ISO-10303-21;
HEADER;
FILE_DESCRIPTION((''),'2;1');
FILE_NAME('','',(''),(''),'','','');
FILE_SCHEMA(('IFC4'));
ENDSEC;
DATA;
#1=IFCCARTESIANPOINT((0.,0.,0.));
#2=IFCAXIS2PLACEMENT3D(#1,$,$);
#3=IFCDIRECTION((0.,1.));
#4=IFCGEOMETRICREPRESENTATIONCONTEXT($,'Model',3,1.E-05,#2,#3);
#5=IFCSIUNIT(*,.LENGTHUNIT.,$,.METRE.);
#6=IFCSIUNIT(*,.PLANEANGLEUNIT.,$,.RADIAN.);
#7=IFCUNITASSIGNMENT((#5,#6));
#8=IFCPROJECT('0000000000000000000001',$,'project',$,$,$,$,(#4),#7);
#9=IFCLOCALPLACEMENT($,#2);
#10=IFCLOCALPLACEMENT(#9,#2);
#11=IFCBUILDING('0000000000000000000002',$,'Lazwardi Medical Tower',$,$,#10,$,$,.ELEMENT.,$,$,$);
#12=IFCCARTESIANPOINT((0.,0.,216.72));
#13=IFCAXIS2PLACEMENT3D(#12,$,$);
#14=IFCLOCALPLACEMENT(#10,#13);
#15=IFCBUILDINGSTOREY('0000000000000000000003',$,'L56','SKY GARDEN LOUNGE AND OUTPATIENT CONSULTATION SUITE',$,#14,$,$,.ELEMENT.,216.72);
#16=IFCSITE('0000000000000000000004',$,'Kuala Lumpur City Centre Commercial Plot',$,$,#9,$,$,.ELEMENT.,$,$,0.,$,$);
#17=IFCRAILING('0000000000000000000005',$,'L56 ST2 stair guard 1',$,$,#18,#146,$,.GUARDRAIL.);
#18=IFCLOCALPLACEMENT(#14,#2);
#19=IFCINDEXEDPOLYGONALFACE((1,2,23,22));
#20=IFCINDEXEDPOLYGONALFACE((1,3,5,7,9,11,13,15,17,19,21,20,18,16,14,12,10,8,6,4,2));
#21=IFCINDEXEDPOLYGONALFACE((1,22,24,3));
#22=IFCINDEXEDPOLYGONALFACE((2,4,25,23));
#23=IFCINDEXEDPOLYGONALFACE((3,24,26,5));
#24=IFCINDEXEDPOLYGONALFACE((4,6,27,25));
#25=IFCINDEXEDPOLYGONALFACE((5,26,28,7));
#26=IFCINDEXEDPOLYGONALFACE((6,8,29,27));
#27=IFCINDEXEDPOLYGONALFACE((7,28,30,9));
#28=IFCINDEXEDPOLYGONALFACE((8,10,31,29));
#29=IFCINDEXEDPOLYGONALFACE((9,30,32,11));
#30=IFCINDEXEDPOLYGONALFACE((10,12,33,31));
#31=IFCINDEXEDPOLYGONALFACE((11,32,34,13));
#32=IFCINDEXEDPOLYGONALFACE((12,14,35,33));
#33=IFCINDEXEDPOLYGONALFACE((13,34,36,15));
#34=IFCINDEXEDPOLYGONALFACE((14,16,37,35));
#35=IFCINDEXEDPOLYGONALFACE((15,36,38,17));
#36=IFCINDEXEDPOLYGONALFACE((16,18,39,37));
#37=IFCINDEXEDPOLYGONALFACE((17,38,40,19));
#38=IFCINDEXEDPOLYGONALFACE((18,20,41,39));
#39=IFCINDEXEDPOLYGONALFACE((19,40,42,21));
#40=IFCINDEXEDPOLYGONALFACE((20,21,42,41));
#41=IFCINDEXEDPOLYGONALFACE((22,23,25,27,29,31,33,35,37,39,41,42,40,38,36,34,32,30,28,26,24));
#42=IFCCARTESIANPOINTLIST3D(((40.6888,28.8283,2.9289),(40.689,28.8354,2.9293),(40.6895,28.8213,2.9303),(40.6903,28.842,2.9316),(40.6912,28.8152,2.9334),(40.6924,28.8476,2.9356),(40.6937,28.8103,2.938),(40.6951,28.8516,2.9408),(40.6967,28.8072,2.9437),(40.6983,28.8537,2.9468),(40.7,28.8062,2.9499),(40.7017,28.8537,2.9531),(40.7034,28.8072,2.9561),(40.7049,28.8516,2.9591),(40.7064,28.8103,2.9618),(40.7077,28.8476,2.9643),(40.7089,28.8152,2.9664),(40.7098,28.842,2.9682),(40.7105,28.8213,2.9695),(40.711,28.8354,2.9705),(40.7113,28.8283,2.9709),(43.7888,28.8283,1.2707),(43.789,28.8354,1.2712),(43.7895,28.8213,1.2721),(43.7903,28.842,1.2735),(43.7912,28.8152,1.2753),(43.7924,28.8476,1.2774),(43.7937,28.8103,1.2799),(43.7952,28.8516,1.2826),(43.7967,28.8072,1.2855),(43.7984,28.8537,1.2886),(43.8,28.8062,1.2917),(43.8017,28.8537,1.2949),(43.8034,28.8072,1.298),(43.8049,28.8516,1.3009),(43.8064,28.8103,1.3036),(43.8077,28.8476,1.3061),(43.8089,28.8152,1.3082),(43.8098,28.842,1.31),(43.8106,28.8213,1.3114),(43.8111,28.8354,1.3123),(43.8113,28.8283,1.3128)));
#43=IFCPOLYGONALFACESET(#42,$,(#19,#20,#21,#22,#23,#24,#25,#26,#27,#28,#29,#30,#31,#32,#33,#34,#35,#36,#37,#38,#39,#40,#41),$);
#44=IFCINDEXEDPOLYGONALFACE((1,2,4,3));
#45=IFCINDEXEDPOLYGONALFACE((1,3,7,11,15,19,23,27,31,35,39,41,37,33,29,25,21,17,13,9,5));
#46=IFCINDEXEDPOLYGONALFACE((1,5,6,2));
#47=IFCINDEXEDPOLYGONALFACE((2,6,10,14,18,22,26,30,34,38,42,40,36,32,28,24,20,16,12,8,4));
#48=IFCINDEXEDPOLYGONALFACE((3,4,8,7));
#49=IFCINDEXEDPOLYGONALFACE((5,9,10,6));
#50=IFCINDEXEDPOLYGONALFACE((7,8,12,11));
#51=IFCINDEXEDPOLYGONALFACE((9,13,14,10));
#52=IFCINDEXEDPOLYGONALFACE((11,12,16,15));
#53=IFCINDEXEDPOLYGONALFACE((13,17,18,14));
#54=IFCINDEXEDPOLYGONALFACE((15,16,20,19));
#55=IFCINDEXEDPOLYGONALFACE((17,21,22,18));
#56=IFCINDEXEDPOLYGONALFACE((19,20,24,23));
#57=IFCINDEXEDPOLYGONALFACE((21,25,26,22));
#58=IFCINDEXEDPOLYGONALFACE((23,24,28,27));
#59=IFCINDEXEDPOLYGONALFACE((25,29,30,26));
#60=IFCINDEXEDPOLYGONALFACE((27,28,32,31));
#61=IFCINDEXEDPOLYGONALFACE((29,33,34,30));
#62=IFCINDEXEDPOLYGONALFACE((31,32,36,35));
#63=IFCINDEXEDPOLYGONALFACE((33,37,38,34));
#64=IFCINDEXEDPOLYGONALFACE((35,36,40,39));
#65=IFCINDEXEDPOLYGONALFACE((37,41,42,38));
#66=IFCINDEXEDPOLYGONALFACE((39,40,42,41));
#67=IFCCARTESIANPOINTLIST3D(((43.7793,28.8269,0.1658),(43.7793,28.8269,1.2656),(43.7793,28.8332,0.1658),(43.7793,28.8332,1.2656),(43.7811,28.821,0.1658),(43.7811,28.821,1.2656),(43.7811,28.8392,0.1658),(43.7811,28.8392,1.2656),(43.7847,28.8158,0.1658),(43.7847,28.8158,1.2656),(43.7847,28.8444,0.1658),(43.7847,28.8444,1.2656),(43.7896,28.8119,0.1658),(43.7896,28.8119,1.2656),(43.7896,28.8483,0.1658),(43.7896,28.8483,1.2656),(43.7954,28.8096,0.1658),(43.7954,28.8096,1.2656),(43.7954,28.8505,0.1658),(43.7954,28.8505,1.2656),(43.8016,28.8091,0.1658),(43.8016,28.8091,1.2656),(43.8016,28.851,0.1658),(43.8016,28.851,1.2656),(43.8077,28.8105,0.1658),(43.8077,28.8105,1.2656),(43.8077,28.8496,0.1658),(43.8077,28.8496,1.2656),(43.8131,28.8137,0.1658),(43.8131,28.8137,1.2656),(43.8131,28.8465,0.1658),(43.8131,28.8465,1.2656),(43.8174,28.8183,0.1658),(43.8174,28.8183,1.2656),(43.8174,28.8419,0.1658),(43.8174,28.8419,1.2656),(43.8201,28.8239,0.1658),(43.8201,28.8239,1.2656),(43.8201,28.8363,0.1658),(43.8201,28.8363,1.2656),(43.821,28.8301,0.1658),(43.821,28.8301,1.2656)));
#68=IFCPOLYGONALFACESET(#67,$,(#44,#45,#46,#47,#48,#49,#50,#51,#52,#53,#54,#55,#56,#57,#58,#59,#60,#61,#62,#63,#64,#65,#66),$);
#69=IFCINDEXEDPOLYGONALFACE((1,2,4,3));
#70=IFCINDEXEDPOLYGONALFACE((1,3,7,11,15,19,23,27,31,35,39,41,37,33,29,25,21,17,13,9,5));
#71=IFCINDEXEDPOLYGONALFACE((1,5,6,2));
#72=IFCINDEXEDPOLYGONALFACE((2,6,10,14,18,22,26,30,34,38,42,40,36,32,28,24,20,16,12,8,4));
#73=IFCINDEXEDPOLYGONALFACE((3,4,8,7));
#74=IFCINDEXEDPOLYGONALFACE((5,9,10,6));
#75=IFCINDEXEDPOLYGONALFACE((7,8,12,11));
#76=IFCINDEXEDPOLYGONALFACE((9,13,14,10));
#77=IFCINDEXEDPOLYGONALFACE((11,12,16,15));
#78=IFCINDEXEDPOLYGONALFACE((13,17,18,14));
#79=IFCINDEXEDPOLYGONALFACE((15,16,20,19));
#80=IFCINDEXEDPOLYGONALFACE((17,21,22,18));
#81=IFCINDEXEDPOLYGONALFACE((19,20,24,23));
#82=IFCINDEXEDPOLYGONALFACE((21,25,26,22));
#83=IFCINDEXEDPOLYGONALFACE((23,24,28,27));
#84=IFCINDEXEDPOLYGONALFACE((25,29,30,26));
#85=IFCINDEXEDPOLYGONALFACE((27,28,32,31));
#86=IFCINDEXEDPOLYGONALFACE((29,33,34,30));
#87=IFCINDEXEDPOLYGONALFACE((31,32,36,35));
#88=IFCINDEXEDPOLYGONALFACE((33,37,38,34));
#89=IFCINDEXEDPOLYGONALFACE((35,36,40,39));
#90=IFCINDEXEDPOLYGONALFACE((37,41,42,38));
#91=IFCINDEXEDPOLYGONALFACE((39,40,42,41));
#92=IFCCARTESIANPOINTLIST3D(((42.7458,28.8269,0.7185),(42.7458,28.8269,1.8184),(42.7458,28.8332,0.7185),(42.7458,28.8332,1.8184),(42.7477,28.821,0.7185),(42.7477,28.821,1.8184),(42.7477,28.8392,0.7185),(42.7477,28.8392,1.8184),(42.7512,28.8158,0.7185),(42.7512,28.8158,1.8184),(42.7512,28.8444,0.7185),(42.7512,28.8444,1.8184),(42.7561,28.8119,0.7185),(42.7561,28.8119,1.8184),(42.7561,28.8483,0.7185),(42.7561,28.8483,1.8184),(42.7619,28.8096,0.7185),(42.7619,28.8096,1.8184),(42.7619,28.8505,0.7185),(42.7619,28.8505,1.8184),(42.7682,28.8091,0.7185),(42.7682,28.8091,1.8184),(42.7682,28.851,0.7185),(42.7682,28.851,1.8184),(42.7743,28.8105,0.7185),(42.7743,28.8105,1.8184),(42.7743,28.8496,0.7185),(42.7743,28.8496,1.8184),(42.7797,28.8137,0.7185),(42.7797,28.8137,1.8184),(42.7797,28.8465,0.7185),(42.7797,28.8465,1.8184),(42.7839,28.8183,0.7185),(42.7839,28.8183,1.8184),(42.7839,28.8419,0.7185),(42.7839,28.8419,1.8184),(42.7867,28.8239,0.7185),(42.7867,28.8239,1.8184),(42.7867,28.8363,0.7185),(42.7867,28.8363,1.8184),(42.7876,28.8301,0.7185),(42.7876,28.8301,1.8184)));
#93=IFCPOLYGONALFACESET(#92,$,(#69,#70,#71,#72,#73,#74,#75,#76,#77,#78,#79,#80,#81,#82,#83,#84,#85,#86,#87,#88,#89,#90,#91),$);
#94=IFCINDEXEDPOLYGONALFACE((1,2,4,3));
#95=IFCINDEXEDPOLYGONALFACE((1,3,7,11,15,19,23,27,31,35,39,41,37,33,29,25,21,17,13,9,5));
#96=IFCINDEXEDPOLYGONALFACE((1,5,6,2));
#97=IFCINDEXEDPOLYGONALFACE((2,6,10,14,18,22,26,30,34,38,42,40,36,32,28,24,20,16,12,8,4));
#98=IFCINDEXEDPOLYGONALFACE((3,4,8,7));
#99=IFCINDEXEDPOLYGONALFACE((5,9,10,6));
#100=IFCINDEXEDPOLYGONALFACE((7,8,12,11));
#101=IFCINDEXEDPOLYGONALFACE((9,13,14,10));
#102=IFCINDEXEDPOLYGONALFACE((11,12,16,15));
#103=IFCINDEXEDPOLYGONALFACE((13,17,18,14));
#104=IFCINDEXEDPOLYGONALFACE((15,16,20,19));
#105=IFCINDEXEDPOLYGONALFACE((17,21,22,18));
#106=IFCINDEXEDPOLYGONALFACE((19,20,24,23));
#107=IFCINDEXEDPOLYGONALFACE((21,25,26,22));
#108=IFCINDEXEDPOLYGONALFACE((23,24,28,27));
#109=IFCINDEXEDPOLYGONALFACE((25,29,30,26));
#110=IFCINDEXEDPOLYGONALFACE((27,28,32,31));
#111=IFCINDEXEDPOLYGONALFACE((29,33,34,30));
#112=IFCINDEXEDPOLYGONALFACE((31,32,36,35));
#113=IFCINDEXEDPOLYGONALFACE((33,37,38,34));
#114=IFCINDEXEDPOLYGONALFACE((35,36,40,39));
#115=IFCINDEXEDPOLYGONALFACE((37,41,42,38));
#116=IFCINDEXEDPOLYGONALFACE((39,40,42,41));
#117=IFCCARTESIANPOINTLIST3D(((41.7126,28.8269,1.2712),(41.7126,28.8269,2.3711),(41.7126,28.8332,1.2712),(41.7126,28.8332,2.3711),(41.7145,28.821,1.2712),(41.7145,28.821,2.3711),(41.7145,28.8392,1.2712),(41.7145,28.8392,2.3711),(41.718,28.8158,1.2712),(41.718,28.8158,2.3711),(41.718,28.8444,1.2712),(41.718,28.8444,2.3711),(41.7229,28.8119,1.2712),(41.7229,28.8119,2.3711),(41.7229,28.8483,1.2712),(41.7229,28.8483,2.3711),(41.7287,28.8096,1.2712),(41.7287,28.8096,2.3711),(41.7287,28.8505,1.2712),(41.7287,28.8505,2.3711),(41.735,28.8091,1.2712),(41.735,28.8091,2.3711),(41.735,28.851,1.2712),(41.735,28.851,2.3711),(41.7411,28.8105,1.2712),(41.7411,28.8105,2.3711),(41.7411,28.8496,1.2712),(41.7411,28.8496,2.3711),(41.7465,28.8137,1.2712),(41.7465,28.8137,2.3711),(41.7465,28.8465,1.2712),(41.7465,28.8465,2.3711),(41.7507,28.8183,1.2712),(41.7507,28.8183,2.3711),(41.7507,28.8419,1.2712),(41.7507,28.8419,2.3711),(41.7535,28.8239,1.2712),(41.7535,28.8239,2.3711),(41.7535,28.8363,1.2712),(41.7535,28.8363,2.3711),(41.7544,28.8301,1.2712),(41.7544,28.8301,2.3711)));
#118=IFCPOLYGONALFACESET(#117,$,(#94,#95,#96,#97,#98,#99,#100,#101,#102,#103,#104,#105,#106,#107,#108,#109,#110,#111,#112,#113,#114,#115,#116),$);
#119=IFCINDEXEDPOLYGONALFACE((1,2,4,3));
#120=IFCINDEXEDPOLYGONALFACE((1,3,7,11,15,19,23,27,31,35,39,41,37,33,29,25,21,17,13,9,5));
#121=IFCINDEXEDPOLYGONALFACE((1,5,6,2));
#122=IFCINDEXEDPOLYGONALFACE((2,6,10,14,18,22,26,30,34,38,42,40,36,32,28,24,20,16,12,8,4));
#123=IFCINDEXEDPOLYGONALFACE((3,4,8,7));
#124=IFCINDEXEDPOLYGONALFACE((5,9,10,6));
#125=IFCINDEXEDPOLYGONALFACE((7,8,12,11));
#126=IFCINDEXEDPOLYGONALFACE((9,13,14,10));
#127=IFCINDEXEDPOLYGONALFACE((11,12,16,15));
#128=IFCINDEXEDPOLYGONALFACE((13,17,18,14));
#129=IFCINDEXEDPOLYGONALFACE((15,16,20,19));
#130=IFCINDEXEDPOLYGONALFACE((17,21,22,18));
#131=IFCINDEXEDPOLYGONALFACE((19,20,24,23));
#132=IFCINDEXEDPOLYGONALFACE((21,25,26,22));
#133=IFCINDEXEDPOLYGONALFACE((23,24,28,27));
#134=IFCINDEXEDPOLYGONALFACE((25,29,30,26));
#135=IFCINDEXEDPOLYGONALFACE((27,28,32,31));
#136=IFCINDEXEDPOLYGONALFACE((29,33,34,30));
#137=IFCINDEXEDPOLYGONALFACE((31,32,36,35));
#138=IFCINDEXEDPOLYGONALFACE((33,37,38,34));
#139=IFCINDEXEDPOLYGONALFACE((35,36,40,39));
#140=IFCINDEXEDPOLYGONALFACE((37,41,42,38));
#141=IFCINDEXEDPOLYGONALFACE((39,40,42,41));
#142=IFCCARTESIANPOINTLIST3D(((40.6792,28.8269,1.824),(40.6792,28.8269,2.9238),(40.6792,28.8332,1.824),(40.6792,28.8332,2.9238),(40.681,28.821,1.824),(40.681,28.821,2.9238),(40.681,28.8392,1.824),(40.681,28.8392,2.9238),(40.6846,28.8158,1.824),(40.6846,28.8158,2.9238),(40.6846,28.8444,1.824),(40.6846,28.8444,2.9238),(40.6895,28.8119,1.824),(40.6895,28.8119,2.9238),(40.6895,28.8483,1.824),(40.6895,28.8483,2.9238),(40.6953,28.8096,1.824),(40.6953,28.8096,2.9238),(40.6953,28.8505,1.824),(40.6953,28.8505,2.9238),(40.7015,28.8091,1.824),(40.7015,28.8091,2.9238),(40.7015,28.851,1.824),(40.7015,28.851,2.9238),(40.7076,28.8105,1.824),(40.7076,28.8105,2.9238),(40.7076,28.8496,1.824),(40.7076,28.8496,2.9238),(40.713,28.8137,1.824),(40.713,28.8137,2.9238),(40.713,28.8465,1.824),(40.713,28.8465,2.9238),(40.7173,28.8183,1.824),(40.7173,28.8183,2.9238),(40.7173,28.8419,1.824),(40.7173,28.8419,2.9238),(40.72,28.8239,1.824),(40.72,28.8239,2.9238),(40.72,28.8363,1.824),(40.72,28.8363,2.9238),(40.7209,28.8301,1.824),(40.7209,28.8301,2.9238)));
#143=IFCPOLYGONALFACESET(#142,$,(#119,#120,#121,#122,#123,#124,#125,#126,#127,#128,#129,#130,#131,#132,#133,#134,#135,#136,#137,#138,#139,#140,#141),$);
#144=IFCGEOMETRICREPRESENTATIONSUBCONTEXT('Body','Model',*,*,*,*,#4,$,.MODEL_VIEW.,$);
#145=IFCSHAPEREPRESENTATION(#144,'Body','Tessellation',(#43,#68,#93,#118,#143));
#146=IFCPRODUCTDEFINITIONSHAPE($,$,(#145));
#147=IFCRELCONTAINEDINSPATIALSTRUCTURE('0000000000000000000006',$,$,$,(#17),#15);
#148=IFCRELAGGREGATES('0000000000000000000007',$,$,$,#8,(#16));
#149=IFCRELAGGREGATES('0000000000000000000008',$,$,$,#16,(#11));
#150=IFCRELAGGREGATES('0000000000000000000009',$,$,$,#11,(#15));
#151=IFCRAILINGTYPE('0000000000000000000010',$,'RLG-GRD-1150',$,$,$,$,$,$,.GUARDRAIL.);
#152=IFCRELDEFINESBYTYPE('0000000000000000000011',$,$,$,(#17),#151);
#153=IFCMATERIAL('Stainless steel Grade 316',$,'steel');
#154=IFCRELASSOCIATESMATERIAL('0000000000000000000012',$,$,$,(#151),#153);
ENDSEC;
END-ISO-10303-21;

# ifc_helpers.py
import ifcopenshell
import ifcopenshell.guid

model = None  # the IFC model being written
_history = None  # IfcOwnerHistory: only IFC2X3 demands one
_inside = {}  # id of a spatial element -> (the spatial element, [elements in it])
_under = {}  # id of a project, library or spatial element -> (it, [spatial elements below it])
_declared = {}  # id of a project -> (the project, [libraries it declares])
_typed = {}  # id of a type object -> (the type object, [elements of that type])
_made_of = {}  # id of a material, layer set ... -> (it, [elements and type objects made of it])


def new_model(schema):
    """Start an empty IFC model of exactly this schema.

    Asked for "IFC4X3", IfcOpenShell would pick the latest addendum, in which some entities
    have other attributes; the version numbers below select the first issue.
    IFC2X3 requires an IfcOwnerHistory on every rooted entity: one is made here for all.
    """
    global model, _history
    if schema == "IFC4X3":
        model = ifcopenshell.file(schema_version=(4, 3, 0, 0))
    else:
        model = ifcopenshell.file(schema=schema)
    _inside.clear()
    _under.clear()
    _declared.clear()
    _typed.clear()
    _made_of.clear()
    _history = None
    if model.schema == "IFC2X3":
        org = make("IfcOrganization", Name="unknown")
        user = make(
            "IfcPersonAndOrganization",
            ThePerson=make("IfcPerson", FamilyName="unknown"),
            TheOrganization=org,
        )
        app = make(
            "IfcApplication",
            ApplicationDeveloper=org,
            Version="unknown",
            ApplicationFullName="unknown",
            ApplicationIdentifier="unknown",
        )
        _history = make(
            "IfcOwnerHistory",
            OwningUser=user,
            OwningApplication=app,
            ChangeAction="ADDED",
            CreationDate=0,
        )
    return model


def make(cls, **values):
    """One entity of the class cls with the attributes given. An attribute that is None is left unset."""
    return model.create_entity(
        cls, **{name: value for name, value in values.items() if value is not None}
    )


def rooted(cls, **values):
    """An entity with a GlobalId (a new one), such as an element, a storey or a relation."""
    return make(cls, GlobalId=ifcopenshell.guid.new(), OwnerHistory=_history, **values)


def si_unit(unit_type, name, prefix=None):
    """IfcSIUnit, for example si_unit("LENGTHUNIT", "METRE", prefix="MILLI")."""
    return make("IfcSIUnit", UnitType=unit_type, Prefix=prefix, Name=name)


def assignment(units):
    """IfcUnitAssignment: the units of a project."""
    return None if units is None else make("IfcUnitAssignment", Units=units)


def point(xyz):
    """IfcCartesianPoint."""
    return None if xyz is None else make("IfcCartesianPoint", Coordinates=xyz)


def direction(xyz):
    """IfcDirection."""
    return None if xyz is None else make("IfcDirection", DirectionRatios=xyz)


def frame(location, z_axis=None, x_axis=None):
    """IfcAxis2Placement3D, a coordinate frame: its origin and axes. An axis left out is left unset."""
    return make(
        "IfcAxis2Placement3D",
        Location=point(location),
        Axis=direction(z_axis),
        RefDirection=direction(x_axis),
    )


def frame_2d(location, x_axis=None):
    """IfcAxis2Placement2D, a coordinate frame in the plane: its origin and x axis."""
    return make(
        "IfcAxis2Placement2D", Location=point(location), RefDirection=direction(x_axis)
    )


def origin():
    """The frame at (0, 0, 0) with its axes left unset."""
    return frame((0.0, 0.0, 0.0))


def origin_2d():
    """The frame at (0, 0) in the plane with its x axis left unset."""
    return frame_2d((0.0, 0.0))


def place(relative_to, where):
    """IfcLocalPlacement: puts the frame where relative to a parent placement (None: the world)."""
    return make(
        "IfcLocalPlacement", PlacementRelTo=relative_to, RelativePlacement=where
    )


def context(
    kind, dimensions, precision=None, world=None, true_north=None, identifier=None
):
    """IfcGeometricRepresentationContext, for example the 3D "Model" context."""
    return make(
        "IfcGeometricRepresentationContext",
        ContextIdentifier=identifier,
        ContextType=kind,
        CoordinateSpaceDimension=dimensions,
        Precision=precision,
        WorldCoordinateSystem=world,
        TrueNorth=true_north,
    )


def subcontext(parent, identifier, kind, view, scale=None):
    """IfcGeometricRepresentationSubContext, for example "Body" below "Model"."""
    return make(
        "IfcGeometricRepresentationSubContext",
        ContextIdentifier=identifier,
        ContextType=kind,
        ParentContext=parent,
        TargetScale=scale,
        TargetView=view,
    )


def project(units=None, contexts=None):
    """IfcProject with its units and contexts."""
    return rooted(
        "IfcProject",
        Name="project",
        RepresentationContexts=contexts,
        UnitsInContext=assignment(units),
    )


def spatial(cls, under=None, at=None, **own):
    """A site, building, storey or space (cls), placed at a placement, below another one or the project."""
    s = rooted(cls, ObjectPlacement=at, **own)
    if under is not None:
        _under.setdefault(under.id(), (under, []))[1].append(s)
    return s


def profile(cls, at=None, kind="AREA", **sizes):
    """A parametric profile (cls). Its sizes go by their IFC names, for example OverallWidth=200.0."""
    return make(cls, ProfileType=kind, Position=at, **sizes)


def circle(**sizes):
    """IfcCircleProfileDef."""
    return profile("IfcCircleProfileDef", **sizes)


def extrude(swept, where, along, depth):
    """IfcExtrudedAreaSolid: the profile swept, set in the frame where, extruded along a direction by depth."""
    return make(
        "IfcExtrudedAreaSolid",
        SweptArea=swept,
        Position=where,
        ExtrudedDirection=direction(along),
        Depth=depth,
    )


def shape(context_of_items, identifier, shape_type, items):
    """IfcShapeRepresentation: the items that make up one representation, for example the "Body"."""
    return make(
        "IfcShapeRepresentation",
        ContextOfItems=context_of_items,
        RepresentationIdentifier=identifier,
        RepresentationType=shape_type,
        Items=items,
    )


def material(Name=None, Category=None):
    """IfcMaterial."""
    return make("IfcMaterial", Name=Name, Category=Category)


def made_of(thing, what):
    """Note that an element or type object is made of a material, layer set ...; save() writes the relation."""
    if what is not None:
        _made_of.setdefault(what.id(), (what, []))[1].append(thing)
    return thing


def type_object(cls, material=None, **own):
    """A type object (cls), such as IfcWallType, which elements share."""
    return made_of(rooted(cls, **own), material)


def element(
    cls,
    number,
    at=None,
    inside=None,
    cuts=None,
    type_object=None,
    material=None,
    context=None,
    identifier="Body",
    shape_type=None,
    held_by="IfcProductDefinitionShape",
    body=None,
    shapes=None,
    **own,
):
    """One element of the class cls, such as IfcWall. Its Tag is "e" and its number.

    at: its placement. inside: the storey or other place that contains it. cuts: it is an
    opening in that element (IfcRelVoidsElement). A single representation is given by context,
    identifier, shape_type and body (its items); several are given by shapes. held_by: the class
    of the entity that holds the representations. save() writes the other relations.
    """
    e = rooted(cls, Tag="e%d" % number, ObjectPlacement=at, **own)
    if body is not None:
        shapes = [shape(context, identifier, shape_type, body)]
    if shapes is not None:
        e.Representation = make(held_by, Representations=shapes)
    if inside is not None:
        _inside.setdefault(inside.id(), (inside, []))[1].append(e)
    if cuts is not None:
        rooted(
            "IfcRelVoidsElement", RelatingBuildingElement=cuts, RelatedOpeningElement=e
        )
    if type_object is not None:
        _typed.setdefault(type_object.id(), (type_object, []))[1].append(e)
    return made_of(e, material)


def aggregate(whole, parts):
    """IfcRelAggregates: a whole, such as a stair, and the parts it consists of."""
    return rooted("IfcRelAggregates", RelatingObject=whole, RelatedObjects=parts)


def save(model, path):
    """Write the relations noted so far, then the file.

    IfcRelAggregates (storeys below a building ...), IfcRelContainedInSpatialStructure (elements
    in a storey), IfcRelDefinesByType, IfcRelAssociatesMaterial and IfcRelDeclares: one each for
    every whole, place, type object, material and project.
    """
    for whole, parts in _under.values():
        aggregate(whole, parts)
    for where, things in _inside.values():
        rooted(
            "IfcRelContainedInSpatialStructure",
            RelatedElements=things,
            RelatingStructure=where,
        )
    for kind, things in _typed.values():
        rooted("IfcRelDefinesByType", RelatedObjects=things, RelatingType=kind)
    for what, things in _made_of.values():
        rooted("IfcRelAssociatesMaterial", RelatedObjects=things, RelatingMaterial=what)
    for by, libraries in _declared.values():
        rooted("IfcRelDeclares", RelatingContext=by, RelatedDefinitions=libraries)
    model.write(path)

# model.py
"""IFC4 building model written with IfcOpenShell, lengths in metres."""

from ifc_helpers import new_model, si_unit, direction, frame, origin, origin_2d, place, context, subcontext, project, spatial, circle, extrude, material, type_object, element, save


model = new_model("IFC4")

# Units and contexts
model_context = context("Model", 3, precision=1e-05, world=origin(), true_north=direction((0.0, 1.0)))
body_context = subcontext(model_context, "Body", "Model", "MODEL_VIEW")
ifc_project = project(units=[si_unit("LENGTHUNIT", "METRE"), si_unit("PLANEANGLEUNIT", "RADIAN")], contexts=[model_context])

# Site, building, storey
site_placement = place(None, origin())
site = spatial("IfcSite", under=ifc_project, at=site_placement, Name="Kuala Lumpur City Centre Commercial Plot", CompositionType="ELEMENT", RefElevation=0.0)
building_placement = place(site_placement, origin())
building = spatial("IfcBuilding", under=site, at=building_placement, Name="Lazwardi Medical Tower", CompositionType="ELEMENT")
storey_placement = place(building_placement, frame((0.0, 0.0, 216.72)))
storey = spatial("IfcBuildingStorey", under=building, at=storey_placement, Name="L56", Description="SKY GARDEN LOUNGE AND OUTPATIENT CONSULTATION SUITE", CompositionType="ELEMENT", Elevation=216.72)

# Railing
ifc_material_1 = material(Name="Stainless steel Grade 316", Category="steel")
railing_type_1 = type_object("IfcRailingType", Name="RLG-GRD-1150", PredefinedType="GUARDRAIL", material=ifc_material_1)
railing_1_placement = place(storey_placement, frame((43.8, 28.8301, 0.1658)))
element("IfcRailing", 1, at=railing_1_placement, inside=storey, type_object=railing_type_1, Name="L56 ST2 stair guard 1", PredefinedType="GUARDRAIL", context=body_context, shape_type="SweptSolid", body=[
    extrude(circle(Radius=0.0239, at=origin_2d()), frame((0.0, 0.0, 1.126), z_axis=(-0.881783, 0.0, 0.471655), x_axis=(0.0, -1.0, 0.0)), (0.0, 0.0, 1.0), 3.5156),
    extrude(circle(Radius=0.021, at=origin_2d()), origin(), (0.0, 0.0, 1.0), 1.0999),
    extrude(circle(Radius=0.021, at=origin_2d()), frame((-1.0334, 0.0, 0.5527)), (0.0, 0.0, 1.0), 1.0999),
    extrude(circle(Radius=0.021, at=origin_2d()), frame((-2.0667, 0.0, 1.1055)), (0.0, 0.0, 1.0), 1.0999),
    extrude(circle(Radius=0.021, at=origin_2d()), frame((-3.1001, 0.0, 1.6582)), (0.0, 0.0, 1.0), 1.0999),
])

save(model, "model.ifc")
